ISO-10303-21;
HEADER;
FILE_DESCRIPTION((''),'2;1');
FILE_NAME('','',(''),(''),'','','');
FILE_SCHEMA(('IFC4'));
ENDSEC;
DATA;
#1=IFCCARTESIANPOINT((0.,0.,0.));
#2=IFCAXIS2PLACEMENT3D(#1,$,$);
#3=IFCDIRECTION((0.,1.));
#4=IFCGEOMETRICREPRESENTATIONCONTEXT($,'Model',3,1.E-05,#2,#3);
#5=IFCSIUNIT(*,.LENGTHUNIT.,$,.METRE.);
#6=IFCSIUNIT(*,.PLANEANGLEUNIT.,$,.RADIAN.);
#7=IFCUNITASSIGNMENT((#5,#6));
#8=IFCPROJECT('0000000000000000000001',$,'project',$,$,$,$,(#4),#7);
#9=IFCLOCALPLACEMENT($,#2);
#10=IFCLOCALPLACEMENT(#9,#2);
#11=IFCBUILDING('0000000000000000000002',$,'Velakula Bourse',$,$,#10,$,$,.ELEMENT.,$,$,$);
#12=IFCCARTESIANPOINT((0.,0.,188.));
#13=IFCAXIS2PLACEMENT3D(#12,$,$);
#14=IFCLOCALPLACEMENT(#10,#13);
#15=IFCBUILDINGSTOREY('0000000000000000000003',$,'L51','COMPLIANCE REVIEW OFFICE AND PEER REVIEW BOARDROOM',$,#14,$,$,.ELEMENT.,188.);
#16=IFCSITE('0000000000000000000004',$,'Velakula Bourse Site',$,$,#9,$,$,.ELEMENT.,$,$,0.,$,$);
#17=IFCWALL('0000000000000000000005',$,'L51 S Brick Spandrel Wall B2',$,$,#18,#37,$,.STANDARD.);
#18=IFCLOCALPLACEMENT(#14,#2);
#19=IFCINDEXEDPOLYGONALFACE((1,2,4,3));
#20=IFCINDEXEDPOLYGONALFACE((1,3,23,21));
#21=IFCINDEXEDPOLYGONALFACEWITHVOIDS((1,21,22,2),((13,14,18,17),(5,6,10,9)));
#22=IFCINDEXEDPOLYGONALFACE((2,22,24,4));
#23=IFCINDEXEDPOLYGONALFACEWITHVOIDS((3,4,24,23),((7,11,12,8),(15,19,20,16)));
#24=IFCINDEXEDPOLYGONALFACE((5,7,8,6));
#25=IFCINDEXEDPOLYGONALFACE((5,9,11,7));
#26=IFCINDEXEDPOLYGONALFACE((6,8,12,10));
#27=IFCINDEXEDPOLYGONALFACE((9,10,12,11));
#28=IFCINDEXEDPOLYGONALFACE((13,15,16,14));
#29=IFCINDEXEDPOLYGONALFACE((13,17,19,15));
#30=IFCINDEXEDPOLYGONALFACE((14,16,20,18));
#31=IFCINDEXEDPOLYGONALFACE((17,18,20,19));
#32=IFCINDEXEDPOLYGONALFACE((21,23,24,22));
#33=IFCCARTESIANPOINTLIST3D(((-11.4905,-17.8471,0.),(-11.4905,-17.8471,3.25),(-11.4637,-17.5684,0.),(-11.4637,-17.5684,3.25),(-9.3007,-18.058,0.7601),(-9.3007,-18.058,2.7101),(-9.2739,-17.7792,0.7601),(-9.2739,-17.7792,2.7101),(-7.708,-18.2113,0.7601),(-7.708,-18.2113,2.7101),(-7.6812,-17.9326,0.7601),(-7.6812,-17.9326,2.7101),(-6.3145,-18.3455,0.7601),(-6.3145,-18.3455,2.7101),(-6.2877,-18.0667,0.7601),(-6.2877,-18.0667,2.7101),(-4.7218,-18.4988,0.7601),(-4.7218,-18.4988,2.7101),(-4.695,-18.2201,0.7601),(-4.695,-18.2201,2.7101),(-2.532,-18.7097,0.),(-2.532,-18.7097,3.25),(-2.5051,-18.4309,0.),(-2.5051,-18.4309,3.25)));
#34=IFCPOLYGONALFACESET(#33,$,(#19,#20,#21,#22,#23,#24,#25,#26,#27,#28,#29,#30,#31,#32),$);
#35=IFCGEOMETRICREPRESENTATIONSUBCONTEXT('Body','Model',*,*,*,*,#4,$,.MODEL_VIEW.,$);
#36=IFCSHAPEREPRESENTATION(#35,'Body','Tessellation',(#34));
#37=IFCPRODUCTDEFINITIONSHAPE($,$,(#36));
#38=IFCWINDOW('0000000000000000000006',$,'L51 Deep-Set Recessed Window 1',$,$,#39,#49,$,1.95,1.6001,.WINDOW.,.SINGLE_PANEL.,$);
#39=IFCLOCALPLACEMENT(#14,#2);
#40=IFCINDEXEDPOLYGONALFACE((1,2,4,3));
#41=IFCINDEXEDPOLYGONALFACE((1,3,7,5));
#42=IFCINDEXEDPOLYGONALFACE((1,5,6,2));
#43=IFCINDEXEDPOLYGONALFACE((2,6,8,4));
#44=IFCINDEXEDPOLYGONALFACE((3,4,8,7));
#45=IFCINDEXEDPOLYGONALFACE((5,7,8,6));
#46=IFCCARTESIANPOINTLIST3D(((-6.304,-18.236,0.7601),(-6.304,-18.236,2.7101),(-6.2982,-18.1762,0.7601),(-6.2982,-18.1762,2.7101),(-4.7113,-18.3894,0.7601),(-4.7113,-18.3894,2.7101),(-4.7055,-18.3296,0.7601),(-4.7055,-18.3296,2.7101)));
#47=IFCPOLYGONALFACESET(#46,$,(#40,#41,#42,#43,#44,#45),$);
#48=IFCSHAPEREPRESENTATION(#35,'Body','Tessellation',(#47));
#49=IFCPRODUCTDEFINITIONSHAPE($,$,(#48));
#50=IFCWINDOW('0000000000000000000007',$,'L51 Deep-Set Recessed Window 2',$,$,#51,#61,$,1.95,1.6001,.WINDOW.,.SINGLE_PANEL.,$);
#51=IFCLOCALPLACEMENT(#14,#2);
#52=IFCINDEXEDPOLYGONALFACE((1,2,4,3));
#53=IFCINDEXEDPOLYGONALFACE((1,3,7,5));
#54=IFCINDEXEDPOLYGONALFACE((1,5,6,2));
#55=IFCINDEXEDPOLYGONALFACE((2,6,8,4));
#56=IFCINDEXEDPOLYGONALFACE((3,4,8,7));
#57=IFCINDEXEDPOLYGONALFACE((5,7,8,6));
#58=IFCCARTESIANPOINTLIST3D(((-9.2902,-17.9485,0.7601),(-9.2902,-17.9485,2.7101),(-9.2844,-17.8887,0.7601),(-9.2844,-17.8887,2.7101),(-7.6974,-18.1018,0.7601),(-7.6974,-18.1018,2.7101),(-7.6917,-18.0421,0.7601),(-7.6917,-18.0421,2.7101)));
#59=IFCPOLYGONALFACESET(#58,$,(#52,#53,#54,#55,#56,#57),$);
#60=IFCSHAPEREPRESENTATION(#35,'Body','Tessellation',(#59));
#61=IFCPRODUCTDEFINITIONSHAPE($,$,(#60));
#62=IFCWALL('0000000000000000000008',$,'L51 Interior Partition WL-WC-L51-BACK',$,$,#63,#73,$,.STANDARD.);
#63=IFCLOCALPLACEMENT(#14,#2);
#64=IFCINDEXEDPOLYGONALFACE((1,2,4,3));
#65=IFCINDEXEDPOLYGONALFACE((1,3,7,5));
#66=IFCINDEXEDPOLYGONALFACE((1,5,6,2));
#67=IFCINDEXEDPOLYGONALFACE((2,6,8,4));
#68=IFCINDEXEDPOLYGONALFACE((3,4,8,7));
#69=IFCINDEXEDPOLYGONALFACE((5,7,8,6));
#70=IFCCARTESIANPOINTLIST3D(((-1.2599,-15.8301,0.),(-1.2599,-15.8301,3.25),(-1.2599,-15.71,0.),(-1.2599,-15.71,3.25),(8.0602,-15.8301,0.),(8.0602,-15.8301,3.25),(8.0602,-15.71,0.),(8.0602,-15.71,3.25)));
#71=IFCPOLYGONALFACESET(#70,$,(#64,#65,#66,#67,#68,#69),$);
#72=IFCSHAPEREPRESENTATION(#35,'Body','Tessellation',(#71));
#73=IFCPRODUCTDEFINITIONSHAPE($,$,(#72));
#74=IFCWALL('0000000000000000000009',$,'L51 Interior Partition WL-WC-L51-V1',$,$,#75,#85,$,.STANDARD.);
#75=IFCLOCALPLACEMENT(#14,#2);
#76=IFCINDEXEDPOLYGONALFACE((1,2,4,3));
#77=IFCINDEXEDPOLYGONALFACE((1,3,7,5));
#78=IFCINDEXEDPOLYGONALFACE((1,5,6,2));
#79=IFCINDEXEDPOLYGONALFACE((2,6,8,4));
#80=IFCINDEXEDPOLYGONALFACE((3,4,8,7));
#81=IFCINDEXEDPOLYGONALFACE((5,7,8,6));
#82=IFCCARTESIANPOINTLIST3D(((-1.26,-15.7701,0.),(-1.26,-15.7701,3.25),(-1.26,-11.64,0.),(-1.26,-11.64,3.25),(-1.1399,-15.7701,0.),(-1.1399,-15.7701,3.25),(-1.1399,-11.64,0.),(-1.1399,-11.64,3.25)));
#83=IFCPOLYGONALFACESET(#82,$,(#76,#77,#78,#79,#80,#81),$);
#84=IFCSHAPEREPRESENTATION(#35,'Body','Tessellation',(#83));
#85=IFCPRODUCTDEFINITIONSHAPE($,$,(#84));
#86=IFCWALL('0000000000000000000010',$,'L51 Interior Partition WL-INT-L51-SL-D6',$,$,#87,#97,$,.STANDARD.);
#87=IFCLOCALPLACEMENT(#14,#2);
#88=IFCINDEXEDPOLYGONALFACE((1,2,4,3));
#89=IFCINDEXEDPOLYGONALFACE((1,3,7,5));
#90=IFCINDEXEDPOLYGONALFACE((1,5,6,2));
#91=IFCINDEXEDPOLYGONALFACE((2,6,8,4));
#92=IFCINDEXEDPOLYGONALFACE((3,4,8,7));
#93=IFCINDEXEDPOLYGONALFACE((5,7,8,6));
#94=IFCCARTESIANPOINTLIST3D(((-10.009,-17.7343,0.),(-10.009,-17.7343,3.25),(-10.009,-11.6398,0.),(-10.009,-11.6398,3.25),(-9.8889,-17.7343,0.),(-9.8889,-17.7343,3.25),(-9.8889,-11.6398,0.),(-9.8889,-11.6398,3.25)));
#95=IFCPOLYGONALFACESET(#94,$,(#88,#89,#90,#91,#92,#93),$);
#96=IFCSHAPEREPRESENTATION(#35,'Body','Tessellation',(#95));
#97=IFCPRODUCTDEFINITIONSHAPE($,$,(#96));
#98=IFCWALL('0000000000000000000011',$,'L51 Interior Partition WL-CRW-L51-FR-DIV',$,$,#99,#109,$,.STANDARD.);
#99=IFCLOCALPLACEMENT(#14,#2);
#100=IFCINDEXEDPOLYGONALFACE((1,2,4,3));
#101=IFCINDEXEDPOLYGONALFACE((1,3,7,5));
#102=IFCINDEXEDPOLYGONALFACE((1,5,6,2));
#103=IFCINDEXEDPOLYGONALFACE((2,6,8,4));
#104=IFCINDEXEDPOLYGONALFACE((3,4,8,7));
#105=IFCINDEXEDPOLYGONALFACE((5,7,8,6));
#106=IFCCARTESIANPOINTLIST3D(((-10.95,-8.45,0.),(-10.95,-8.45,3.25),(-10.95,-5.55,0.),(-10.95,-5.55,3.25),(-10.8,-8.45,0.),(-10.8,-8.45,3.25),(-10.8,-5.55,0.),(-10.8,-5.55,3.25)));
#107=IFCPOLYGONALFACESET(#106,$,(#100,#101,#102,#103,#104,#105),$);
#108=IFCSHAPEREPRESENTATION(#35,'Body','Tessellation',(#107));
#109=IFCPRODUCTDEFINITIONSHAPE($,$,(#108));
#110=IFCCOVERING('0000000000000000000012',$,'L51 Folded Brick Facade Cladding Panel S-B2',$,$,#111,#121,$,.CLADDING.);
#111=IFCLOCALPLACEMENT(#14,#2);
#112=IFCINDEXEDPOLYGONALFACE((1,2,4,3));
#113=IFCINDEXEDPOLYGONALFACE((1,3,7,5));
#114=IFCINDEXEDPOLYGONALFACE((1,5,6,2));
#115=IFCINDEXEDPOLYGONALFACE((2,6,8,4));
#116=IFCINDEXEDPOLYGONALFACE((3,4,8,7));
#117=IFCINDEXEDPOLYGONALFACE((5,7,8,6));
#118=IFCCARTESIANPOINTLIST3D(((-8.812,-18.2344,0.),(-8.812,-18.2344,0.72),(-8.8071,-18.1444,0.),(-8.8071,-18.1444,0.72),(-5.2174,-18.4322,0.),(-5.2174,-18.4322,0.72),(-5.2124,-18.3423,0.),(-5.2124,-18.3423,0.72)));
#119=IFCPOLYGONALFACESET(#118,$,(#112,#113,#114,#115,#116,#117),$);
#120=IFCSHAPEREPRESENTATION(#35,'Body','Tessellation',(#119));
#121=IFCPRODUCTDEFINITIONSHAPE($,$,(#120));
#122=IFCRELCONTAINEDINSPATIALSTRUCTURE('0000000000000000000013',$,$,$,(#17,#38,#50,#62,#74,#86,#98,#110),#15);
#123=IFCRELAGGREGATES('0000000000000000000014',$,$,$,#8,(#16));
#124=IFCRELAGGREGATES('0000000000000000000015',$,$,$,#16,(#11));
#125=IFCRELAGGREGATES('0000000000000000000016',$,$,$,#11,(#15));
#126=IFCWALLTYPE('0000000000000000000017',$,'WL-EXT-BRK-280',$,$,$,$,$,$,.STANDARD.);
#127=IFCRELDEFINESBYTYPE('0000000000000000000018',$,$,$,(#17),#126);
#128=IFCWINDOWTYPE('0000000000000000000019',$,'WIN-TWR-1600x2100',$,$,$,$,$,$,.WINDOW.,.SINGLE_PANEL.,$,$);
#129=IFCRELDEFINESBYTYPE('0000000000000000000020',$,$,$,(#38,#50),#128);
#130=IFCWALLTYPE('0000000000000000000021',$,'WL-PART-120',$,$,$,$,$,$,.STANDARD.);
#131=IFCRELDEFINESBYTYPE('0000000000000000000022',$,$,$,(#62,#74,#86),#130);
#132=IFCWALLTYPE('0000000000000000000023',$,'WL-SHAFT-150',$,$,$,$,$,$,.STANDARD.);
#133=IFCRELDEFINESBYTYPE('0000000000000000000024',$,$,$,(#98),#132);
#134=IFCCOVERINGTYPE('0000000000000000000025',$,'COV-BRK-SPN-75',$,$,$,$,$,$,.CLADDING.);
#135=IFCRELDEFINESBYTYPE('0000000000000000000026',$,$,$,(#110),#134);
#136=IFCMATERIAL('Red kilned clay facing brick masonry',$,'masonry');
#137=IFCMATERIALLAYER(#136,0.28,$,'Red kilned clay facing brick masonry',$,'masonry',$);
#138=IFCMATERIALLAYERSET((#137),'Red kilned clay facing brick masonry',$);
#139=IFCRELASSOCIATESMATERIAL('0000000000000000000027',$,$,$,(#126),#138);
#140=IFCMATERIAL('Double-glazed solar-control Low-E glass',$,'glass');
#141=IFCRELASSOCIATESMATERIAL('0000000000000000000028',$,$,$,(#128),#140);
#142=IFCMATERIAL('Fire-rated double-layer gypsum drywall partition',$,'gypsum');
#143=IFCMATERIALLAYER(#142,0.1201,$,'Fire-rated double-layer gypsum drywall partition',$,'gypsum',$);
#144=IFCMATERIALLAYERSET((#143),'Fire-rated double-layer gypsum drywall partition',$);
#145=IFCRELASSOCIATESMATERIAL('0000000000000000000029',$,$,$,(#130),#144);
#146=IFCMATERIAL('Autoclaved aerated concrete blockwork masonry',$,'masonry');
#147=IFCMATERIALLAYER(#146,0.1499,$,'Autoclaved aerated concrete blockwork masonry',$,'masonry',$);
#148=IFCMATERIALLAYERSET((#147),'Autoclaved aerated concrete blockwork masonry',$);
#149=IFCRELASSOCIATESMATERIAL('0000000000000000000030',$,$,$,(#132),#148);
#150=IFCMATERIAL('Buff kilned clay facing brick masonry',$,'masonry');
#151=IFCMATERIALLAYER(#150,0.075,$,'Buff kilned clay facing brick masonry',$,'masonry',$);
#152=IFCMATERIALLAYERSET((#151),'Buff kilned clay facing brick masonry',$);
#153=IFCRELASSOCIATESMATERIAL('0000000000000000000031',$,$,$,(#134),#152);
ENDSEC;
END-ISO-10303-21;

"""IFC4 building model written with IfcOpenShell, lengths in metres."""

from ifc_helpers import new_model, si_unit, direction, frame, frame_2d, origin, origin_2d, place, context, subcontext, project, spatial, rectangle, extrude, material, layer, layer_set, type_object, element, fill, save


model = new_model("IFC4")

# Units and contexts
model_context = context("Model", 3, precision=1e-05, world=origin(), true_north=direction((0.0, 1.0)))
body_context = subcontext(model_context, "Body", "Model", "MODEL_VIEW")
ifc_project = project(units=[si_unit("LENGTHUNIT", "METRE"), si_unit("PLANEANGLEUNIT", "RADIAN")], contexts=[model_context])

# Site, building, storey
site_placement = place(None, origin())
site = spatial("IfcSite", under=ifc_project, at=site_placement, Name="Velakula Bourse Site", CompositionType="ELEMENT", RefElevation=0.0)
building_placement = place(site_placement, origin())
building = spatial("IfcBuilding", under=site, at=building_placement, Name="Velakula Bourse", CompositionType="ELEMENT")
storey_placement = place(building_placement, frame((0.0, 0.0, 188.0)))
storey = spatial("IfcBuildingStorey", under=building, at=storey_placement, Name="L51", Description="COMPLIANCE REVIEW OFFICE AND PEER REVIEW BOARDROOM", CompositionType="ELEMENT", Elevation=188.0)

# Wall, openings, windows
ifc_material_1 = material(Name="Red kilned clay facing brick masonry", Category="masonry")
ifc_layer_1 = layer(ifc_material_1, 0.28, Name="Red kilned clay facing brick masonry", Category="masonry")
ifc_layer_set_1 = layer_set([ifc_layer_1], Name="Red kilned clay facing brick masonry")
wall_type_1 = type_object("IfcWallType", Name="WL-EXT-BRK-280", PredefinedType="STANDARD", material=ifc_layer_set_1)
ifc_material_2 = material(Name="Double-glazed solar-control Low-E glass", Category="glass")
window_type = type_object("IfcWindowType", Name="WIN-TWR-1600x2100", PartitioningType="SINGLE_PANEL", PredefinedType="WINDOW", material=ifc_material_2)
wall_1_placement = place(storey_placement, frame((-2.5186, -18.5703, 0.0), z_axis=(0.0, 0.0, 1.0), x_axis=(-0.995397, 0.09584, 0.0)))
wall_1 = element("IfcWall", 1, at=wall_1_placement, inside=storey, type_object=wall_type_1, Name="L51 S Brick Spandrel Wall B2", PredefinedType="STANDARD", context=body_context, shape_type="SweptSolid", body=[
    extrude(rectangle(XDim=9.0, YDim=0.28, at=frame_2d((4.5, 0.0))), origin(), (0.0, 0.0, 1.0), 3.25),
])
opening_1_placement = place(wall_1_placement, frame((2.2, 0.0, 0.76)))
opening_1 = element("IfcOpeningElement", 2, at=opening_1_placement, cuts=wall_1, PredefinedType="OPENING", context=body_context, shape_type="SweptSolid", body=[
    extrude(rectangle(XDim=1.6001, YDim=1.95, at=frame_2d((0.8, 0.9751))), frame((0.0, 0.1499, 0.0), z_axis=(0.0, -1.0, 0.0), x_axis=(1.0, 0.0, 0.0)), (0.0, 0.0, 1.0), 0.3),
])
opening_2_placement = place(wall_1_placement, frame((5.2, 0.0, 0.76)))
opening_2 = element("IfcOpeningElement", 3, at=opening_2_placement, cuts=wall_1, PredefinedType="OPENING", context=body_context, shape_type="SweptSolid", body=[
    extrude(rectangle(XDim=1.6001, YDim=1.95, at=frame_2d((0.8, 0.9751))), frame((0.0, 0.1499, 0.0), z_axis=(0.0, -1.0, 0.0), x_axis=(1.0, 0.0, 0.0)), (0.0, 0.0, 1.0), 0.3),
])
window_1_placement = place(opening_1_placement, origin())
window_1 = element("IfcWindow", 4, at=window_1_placement, inside=storey, type_object=window_type, Name="L51 Deep-Set Recessed Window 1", OverallHeight=1.95, OverallWidth=1.6001, PartitioningType="SINGLE_PANEL", PredefinedType="WINDOW", context=body_context, shape_type="SweptSolid", body=[
    extrude(rectangle(XDim=1.6001, YDim=1.95, at=frame_2d((0.8, 0.9751))), frame((0.0, 0.03, 0.0), z_axis=(0.0, -1.0, 0.0), x_axis=(1.0, 0.0, 0.0)), (0.0, 0.0, 1.0), 0.0601),
])
fill(opening_1, window_1)
window_2_placement = place(opening_2_placement, origin())
window_2 = element("IfcWindow", 5, at=window_2_placement, inside=storey, type_object=window_type, Name="L51 Deep-Set Recessed Window 2", OverallHeight=1.95, OverallWidth=1.6001, PartitioningType="SINGLE_PANEL", PredefinedType="WINDOW", context=body_context, shape_type="SweptSolid", body=[
    extrude(rectangle(XDim=1.6001, YDim=1.95, at=frame_2d((0.8, 0.9751))), frame((0.0, 0.03, 0.0), z_axis=(0.0, -1.0, 0.0), x_axis=(1.0, 0.0, 0.0)), (0.0, 0.0, 1.0), 0.0601),
])
fill(opening_2, window_2)

# Walls
ifc_material_3 = material(Name="Fire-rated double-layer gypsum drywall partition", Category="gypsum")
ifc_layer_2 = layer(ifc_material_3, 0.1201, Name="Fire-rated double-layer gypsum drywall partition", Category="gypsum")
ifc_layer_set_2 = layer_set([ifc_layer_2], Name="Fire-rated double-layer gypsum drywall partition")
wall_type_2 = type_object("IfcWallType", Name="WL-PART-120", PredefinedType="STANDARD", material=ifc_layer_set_2)
wall_2_placement = place(storey_placement, frame((-1.26, -15.77, 0.0), z_axis=(0.0, 0.0, 1.0), x_axis=(1.0, 0.0, 0.0)))
element("IfcWall", 6, at=wall_2_placement, inside=storey, type_object=wall_type_2, Name="L51 Interior Partition WL-WC-L51-BACK", PredefinedType="STANDARD", context=body_context, shape_type="SweptSolid", body=[
    extrude(rectangle(XDim=9.3201, YDim=0.1201, at=frame_2d((4.6602, 0.0))), origin(), (0.0, 0.0, 1.0), 3.25),
])
wall_3_placement = place(storey_placement, frame((-1.2, -15.77, 0.0), z_axis=(0.0, 0.0, 1.0), x_axis=(0.0, 1.0, 0.0)))
element("IfcWall", 7, at=wall_3_placement, inside=storey, type_object=wall_type_2, Name="L51 Interior Partition WL-WC-L51-V1", PredefinedType="STANDARD", context=body_context, shape_type="SweptSolid", body=[
    extrude(rectangle(XDim=4.1301, YDim=0.1201, at=frame_2d((2.0649, 0.0))), origin(), (0.0, 0.0, 1.0), 3.25),
])
wall_4_placement = place(storey_placement, frame((-9.949, -17.7344, 0.0), z_axis=(0.0, 0.0, 1.0), x_axis=(0.0, 1.0, 0.0)))
element("IfcWall", 8, at=wall_4_placement, inside=storey, type_object=wall_type_2, Name="L51 Interior Partition WL-INT-L51-SL-D6", PredefinedType="STANDARD", context=body_context, shape_type="SweptSolid", body=[
    extrude(rectangle(XDim=6.0945, YDim=0.1201, at=frame_2d((3.0474, 0.0))), origin(), (0.0, 0.0, 1.0), 3.25),
])
ifc_material_4 = material(Name="Autoclaved aerated concrete blockwork masonry", Category="masonry")
ifc_layer_3 = layer(ifc_material_4, 0.1499, Name="Autoclaved aerated concrete blockwork masonry", Category="masonry")
ifc_layer_set_3 = layer_set([ifc_layer_3], Name="Autoclaved aerated concrete blockwork masonry")
wall_type_3 = type_object("IfcWallType", Name="WL-SHAFT-150", PredefinedType="STANDARD", material=ifc_layer_set_3)
wall_5_placement = place(storey_placement, frame((-10.875, -8.45, 0.0), z_axis=(0.0, 0.0, 1.0), x_axis=(0.0, 1.0, 0.0)))
element("IfcWall", 9, at=wall_5_placement, inside=storey, type_object=wall_type_3, Name="L51 Interior Partition WL-CRW-L51-FR-DIV", PredefinedType="STANDARD", context=body_context, shape_type="SweptSolid", body=[
    extrude(rectangle(XDim=2.8999, YDim=0.1499, at=frame_2d((1.45, 0.0))), origin(), (0.0, 0.0, 1.0), 3.25),
])

# Covering
ifc_material_5 = material(Name="Buff kilned clay facing brick masonry", Category="masonry")
ifc_layer_4 = layer(ifc_material_5, 0.075, Name="Buff kilned clay facing brick masonry", Category="masonry")
ifc_layer_set_4 = layer_set([ifc_layer_4], Name="Buff kilned clay facing brick masonry")
covering_type = type_object("IfcCoveringType", Name="COV-BRK-SPN-75", PredefinedType="CLADDING", material=ifc_layer_set_4)
covering_placement = place(storey_placement, frame((-7.0122, -18.2883, 0.0), z_axis=(0.0, 0.0, 1.0), x_axis=(0.998489, -0.05495, 0.0)))
element("IfcCovering", 10, at=covering_placement, inside=storey, type_object=covering_type, Name="L51 Folded Brick Facade Cladding Panel S-B2", PredefinedType="CLADDING", context=body_context, shape_type="SweptSolid", body=[
    extrude(rectangle(XDim=3.6001, YDim=0.0901, at=origin_2d()), origin(), (0.0, 0.0, 1.0), 0.72),
])

save(model, "model.ifc")
